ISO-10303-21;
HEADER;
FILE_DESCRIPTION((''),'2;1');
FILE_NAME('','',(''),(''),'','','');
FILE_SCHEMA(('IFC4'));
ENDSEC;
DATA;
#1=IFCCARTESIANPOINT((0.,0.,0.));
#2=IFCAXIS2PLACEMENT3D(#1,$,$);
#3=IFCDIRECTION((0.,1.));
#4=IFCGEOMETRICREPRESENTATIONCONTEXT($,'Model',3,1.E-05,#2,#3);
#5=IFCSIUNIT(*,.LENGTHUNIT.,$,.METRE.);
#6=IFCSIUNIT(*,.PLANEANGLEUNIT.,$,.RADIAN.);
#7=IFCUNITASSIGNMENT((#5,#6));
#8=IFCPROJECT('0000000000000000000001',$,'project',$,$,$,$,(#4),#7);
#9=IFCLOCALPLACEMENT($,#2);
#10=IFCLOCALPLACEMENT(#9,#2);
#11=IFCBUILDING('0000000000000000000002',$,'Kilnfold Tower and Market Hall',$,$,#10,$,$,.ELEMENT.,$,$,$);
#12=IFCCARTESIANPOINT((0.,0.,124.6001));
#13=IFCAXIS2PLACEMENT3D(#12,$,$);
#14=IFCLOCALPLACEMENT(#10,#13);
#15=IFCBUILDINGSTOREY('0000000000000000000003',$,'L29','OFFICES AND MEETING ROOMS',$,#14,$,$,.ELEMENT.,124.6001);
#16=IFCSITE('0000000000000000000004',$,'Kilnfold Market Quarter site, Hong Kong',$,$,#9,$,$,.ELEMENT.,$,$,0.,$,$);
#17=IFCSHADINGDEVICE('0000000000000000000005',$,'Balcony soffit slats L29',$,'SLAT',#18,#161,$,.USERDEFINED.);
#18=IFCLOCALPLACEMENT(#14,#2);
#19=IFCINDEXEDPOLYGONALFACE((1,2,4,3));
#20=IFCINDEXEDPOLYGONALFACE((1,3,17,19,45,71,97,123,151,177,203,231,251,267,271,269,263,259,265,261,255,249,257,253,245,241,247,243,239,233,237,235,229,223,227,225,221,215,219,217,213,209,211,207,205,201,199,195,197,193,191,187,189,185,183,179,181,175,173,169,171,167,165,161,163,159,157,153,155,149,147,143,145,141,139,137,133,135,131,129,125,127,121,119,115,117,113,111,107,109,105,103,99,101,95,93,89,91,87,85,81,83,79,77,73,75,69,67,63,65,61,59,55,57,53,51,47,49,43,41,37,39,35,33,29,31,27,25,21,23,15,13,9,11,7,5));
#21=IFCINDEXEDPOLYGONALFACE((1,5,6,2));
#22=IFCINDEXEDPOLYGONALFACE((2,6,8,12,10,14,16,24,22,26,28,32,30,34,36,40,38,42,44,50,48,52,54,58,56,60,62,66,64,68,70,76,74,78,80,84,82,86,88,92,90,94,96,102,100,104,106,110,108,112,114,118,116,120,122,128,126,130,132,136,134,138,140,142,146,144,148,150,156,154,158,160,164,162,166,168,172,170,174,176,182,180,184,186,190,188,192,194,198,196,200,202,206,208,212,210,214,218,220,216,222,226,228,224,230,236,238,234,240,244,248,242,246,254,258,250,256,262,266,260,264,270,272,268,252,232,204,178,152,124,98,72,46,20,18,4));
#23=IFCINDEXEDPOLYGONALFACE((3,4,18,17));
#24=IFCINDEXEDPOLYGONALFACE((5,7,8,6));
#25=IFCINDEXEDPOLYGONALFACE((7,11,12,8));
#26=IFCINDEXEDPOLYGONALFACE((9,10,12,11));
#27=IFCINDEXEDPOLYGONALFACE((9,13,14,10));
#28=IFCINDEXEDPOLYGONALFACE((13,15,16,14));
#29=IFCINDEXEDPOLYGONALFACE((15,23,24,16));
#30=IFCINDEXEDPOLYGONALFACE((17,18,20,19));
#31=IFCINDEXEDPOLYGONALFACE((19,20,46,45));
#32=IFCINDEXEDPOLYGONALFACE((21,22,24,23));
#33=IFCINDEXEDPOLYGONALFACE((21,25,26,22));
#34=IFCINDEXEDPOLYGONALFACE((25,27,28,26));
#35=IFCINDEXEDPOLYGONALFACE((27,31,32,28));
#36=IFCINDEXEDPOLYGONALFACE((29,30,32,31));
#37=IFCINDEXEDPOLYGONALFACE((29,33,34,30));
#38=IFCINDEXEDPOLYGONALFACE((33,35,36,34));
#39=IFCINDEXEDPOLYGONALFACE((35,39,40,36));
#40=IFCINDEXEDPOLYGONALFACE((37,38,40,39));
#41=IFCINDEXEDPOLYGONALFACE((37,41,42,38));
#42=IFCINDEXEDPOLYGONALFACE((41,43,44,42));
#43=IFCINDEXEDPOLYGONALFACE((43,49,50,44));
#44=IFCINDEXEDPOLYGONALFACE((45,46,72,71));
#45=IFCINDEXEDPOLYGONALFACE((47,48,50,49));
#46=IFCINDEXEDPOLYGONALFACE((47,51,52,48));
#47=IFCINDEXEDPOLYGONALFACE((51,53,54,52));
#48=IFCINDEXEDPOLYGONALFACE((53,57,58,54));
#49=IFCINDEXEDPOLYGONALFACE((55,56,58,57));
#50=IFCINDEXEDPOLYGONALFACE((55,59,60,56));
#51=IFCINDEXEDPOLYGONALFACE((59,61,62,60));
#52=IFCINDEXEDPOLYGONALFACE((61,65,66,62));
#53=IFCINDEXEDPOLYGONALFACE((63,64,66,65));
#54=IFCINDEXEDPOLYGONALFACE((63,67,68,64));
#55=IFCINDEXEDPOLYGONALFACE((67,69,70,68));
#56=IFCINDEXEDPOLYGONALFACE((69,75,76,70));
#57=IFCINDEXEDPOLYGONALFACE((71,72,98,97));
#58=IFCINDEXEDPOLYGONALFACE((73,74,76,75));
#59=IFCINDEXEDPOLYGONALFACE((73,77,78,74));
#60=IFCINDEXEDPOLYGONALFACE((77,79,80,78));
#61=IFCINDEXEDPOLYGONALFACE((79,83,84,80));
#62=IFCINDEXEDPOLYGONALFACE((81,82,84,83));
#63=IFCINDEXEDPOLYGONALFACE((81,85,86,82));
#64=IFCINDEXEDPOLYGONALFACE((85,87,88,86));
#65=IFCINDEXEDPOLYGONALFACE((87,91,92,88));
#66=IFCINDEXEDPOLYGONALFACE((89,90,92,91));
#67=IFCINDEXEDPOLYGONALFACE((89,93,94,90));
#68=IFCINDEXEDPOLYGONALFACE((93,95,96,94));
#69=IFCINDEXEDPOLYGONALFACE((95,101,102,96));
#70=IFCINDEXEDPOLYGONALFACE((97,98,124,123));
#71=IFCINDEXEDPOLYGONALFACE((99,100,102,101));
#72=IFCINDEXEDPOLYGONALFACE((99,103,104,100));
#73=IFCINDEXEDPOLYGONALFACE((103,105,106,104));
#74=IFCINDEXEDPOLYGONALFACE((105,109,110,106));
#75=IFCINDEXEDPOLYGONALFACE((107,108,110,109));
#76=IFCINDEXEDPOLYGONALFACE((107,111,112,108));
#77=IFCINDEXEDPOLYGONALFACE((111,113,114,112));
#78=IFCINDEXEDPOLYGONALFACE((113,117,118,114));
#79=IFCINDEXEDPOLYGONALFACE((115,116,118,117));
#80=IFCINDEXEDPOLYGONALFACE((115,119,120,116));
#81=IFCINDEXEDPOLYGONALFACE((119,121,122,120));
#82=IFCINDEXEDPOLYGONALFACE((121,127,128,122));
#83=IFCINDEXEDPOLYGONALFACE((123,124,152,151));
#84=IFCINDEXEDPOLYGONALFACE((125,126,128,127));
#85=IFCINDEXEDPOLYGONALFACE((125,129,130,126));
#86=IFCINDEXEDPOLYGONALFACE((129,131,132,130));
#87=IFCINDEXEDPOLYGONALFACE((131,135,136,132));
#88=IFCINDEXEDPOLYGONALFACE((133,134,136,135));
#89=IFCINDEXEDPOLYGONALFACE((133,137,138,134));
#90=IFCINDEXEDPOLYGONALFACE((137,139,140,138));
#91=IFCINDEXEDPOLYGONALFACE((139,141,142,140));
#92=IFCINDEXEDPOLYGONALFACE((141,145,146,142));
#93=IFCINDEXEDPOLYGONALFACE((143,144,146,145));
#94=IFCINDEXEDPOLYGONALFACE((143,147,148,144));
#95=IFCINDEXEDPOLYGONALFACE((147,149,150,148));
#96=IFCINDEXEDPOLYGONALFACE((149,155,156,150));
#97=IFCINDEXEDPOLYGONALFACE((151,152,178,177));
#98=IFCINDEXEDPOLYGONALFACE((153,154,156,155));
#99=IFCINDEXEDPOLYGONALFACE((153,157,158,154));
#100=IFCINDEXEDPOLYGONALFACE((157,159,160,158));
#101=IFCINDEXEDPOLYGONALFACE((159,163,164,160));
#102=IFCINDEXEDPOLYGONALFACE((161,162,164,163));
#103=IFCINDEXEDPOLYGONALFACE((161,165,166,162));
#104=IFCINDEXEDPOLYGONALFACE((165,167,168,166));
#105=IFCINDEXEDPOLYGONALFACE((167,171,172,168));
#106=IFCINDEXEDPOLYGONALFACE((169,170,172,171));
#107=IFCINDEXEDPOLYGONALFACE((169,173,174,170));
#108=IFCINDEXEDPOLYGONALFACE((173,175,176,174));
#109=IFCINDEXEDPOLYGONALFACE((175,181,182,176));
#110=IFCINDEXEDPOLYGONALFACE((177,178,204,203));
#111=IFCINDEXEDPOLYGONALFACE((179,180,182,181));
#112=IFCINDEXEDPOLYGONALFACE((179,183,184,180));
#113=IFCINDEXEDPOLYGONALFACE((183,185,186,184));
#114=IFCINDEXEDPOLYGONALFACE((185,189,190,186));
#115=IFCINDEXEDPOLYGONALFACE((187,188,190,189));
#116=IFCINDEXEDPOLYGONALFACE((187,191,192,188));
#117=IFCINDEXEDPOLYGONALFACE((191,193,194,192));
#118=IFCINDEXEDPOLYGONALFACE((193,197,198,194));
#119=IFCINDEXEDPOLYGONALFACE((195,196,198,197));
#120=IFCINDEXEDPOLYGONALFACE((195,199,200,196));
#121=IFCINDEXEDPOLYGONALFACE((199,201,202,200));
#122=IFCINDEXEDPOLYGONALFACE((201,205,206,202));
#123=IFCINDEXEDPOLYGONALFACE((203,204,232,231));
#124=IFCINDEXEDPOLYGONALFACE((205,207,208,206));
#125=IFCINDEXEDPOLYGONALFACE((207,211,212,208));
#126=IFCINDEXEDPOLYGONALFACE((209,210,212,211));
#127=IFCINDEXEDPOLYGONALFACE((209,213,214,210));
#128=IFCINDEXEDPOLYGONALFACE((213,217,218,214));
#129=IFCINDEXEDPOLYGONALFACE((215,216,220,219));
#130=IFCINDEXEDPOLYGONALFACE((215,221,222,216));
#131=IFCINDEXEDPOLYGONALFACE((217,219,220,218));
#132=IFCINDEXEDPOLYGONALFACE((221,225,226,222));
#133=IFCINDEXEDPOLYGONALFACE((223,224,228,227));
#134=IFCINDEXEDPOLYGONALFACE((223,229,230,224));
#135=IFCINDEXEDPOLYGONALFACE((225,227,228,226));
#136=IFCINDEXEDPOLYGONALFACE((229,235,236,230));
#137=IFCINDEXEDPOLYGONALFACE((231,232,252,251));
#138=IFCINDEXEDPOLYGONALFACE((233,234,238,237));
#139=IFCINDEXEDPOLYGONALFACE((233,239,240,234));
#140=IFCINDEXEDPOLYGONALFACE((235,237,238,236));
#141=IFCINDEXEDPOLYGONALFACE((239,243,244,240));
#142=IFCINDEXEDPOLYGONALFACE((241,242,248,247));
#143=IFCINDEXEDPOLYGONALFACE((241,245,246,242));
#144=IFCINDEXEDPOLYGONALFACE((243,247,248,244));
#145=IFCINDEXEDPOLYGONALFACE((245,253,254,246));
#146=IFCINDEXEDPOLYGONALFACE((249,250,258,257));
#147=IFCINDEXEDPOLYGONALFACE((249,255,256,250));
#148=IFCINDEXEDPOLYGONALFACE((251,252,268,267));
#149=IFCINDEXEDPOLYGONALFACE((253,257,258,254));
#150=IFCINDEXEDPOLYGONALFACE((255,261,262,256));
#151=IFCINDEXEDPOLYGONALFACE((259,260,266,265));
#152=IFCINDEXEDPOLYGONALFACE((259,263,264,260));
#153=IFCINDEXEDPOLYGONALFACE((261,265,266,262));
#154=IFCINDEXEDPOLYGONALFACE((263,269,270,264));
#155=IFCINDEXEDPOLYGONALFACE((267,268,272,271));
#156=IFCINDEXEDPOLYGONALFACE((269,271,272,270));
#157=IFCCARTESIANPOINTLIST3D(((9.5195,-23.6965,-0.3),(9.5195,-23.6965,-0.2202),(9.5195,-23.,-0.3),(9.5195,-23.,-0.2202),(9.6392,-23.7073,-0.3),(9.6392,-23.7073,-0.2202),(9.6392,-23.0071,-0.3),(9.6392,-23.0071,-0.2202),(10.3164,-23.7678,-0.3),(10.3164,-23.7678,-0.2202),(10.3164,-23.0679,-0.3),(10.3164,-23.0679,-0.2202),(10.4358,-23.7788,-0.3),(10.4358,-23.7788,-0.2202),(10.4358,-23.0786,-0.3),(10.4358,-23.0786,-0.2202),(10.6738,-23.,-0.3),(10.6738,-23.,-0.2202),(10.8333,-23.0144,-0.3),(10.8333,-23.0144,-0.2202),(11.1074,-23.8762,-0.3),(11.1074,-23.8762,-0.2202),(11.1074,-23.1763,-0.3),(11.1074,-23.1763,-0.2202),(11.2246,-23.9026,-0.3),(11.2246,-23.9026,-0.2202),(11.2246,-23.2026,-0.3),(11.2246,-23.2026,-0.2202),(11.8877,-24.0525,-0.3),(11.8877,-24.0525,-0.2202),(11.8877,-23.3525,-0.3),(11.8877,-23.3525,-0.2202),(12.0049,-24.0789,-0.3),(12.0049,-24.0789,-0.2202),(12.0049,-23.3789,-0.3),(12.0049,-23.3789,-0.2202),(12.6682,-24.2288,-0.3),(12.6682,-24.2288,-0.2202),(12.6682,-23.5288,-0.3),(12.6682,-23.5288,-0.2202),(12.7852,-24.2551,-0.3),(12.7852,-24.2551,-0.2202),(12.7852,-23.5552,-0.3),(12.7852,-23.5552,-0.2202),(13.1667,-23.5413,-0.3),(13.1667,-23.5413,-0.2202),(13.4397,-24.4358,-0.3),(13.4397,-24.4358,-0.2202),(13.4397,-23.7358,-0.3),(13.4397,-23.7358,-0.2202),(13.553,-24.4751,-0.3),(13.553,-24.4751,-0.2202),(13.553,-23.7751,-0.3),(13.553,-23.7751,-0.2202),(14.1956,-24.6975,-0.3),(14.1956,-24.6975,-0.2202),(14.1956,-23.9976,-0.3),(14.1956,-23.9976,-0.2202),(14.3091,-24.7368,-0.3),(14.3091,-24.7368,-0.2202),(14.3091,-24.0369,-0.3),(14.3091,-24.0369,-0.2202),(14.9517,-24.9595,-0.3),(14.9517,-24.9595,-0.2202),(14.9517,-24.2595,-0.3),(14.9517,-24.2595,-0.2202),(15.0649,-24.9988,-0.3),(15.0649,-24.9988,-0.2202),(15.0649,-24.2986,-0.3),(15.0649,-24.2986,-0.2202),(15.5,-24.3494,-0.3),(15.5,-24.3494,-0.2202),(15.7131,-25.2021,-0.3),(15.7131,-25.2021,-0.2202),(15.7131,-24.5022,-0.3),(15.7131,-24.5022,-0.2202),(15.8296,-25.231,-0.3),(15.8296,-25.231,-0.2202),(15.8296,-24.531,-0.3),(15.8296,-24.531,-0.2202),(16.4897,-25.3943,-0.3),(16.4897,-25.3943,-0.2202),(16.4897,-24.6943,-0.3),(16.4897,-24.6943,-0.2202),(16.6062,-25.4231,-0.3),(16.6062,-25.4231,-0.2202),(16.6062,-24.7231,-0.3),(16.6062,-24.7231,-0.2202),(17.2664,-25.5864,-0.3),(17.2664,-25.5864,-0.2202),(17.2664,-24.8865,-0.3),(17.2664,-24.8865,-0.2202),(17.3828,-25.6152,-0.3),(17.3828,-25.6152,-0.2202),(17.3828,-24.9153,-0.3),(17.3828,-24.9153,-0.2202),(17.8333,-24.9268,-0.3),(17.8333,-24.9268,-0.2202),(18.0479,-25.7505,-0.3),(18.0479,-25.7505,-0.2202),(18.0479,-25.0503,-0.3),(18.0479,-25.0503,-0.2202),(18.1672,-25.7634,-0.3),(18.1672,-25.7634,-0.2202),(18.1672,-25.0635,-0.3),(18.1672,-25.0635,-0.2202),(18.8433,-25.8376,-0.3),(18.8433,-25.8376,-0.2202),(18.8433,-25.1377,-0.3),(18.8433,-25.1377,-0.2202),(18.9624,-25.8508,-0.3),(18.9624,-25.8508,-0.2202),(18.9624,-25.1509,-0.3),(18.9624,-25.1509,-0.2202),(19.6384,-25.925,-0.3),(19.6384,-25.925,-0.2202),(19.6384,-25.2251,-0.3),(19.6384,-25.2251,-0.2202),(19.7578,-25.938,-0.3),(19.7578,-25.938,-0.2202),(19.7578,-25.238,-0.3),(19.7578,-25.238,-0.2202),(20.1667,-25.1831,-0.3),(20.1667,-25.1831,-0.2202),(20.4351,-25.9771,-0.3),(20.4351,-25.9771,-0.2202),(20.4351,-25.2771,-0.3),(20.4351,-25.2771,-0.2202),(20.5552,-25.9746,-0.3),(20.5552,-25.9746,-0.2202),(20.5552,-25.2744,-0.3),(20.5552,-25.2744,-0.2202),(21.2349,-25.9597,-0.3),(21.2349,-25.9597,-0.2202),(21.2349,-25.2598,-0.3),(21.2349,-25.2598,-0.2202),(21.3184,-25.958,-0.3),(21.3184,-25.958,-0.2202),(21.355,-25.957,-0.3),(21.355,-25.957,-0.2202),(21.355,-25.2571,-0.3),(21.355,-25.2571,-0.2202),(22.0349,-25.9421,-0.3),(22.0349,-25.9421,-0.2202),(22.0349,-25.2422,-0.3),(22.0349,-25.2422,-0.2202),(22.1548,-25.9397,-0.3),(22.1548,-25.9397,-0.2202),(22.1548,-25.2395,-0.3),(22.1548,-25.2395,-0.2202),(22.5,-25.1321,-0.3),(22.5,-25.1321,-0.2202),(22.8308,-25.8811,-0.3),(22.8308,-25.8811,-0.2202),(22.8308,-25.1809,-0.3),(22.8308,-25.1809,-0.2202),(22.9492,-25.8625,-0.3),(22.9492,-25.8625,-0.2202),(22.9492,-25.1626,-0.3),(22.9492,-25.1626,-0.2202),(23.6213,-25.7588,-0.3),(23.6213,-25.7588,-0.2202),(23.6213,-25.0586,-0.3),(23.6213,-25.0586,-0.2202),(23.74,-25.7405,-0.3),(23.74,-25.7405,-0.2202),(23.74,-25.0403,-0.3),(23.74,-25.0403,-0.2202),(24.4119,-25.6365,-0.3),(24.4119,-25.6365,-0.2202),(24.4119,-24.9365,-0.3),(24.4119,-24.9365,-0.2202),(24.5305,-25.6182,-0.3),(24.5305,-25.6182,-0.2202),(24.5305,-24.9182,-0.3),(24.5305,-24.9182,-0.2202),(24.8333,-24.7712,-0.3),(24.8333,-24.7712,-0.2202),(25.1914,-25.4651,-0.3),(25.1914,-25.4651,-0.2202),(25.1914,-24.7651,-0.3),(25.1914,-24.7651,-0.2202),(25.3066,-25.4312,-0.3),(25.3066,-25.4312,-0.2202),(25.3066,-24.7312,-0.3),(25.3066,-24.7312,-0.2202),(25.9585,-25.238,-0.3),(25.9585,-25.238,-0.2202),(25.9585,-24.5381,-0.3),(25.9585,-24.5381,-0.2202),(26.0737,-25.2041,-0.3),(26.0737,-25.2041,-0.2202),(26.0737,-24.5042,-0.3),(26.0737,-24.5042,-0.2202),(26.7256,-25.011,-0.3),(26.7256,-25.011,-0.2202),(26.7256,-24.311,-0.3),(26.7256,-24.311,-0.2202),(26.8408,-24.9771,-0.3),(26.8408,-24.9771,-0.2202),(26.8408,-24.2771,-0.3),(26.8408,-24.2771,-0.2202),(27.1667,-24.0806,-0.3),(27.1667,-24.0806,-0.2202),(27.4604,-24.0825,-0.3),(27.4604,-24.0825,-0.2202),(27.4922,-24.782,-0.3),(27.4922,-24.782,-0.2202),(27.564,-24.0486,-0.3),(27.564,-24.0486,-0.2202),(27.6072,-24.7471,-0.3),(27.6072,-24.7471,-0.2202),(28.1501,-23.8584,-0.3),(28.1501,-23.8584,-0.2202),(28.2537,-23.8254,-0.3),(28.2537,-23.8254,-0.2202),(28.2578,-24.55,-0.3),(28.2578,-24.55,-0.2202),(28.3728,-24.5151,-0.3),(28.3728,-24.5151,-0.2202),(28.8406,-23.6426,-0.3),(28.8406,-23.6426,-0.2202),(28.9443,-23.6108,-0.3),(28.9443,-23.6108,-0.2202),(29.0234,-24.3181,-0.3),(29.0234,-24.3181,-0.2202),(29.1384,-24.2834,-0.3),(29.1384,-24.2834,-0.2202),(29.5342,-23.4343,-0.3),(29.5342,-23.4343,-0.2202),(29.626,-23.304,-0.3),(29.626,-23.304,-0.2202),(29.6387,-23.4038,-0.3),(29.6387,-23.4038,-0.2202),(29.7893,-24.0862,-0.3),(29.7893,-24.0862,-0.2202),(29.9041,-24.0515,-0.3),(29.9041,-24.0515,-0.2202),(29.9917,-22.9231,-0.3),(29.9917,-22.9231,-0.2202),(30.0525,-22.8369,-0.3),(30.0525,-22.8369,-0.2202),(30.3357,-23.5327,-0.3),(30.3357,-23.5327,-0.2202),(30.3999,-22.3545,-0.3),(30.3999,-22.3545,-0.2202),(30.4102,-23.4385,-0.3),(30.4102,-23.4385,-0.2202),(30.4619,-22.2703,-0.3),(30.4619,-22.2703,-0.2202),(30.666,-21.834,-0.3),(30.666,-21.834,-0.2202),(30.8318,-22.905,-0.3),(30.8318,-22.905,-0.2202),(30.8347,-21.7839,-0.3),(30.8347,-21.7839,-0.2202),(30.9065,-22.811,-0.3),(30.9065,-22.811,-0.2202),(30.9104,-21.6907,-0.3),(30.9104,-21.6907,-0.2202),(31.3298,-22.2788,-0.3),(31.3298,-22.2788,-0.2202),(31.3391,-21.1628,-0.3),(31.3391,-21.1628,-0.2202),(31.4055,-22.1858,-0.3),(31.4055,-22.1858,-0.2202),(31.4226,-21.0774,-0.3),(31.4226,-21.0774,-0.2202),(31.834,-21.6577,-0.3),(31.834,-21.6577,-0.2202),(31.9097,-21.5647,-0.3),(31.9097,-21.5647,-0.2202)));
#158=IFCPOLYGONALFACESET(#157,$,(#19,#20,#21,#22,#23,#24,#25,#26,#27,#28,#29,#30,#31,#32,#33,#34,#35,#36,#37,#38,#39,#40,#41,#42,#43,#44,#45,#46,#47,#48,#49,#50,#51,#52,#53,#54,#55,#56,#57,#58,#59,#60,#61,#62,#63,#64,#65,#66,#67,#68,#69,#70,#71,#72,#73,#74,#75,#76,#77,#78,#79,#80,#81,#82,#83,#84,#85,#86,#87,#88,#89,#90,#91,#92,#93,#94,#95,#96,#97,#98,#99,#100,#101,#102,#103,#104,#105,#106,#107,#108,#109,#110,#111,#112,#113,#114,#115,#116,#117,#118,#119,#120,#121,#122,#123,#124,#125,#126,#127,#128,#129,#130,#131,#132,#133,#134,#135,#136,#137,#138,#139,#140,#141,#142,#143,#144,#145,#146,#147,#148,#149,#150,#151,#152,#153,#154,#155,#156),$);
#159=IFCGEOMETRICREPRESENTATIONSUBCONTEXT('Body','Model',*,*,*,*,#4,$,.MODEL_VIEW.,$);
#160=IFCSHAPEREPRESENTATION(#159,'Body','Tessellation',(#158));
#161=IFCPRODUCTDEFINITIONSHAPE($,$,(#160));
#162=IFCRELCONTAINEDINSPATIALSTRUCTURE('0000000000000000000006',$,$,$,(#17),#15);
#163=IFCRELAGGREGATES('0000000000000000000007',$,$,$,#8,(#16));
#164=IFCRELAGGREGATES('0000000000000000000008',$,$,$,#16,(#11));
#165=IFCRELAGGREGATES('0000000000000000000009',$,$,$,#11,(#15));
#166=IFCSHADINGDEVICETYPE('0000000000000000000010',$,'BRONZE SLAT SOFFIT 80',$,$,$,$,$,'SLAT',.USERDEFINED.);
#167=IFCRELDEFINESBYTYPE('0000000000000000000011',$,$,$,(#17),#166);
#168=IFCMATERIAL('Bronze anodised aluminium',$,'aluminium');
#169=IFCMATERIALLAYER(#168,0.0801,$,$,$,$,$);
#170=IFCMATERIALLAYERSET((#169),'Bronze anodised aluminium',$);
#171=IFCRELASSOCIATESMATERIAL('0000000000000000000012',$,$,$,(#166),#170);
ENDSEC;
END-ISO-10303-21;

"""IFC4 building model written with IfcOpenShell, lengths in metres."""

from ifc_helpers import new_model, si_unit, direction, frame, origin, place, context, subcontext, project, spatial, polyline, outline, extrude, source, transform, mapped, material, layer, layer_set, type_object, element, save


model = new_model("IFC4")

# Units and contexts
model_context = context("Model", 3, precision=1e-05, world=origin(), true_north=direction((0.0, 1.0)))
body_context = subcontext(model_context, "Body", "Model", "MODEL_VIEW")
ifc_project = project(units=[si_unit("LENGTHUNIT", "METRE"), si_unit("PLANEANGLEUNIT", "RADIAN")], contexts=[model_context])

# Site, building, storey
site_placement = place(None, origin())
site = spatial("IfcSite", under=ifc_project, at=site_placement, Name="Kilnfold Market Quarter site, Hong Kong", CompositionType="ELEMENT", RefElevation=0.0)
building_placement = place(site_placement, origin())
building = spatial("IfcBuilding", under=site, at=building_placement, Name="Kilnfold Tower and Market Hall", CompositionType="ELEMENT")
storey_placement = place(building_placement, frame((0.0, 0.0, 124.6001)))
storey = spatial("IfcBuildingStorey", under=building, at=storey_placement, Name="L29", Description="OFFICES AND MEETING ROOMS", CompositionType="ELEMENT", Elevation=124.6001)

# Shading device
ifc_material_1 = material(Name="Bronze anodised aluminium", Category="aluminium")
ifc_layer_1 = layer(ifc_material_1, 0.0801)
ifc_layer_set_1 = layer_set([ifc_layer_1], Name="Bronze anodised aluminium")
shading_device_type_1 = type_object("IfcShadingDeviceType", Name="BRONZE SLAT SOFFIT 80", ElementType="SLAT", PredefinedType="USERDEFINED", material=ifc_layer_set_1)
shared_shape_1 = source(origin(), body_context, "Body", "SweptSolid", [
    extrude(outline(polyline([(10.8333, -23.0144), (13.1667, -23.5413), (15.5, -24.3494), (17.8333, -24.9268), (20.1667, -25.1831), (22.5, -25.1321), (24.8333, -24.7712), (27.1667, -24.0806), (29.626, -23.304), (30.666, -21.834), (31.4226, -21.0774), (31.9097, -21.5647), (31.834, -21.6577), (31.3391, -21.1628), (30.9104, -21.6907), (31.4055, -22.1858), (31.3298, -22.2788), (30.8347, -21.7839), (30.4619, -22.2703), (30.9065, -22.811), (30.8318, -22.905), (30.3999, -22.3545), (30.0525, -22.8369), (30.4102, -23.4385), (30.3357, -23.5327), (29.9917, -22.9231), (29.6387, -23.4038), (29.9041, -24.0515), (29.7893, -24.0862), (29.5342, -23.4343), (28.9443, -23.6108), (29.1384, -24.2834), (29.0234, -24.3181), (28.8406, -23.6426), (28.2537, -23.8254), (28.3728, -24.5151), (28.2578, -24.55), (28.1501, -23.8584), (27.564, -24.0486), (27.6072, -24.7471), (27.4922, -24.782), (27.4604, -24.0825), (26.8408, -24.2771), (26.8408, -24.9771), (26.7256, -25.011), (26.7256, -24.311), (26.0737, -24.5042), (26.0737, -25.2041), (25.9585, -25.238), (25.9585, -24.5381), (25.3066, -24.7312), (25.3066, -25.4312), (25.1914, -25.4651), (25.1914, -24.7651), (24.5305, -24.9182), (24.5305, -25.6182), (24.4119, -25.6365), (24.4119, -24.9365), (23.74, -25.0403), (23.74, -25.7405), (23.6213, -25.7588), (23.6213, -25.0586), (22.9492, -25.1626), (22.9492, -25.8625), (22.8308, -25.8811), (22.8308, -25.1809), (22.1548, -25.2395), (22.1548, -25.9397), (22.0349, -25.9421), (22.0349, -25.2422), (21.355, -25.2571), (21.355, -25.957), (21.3184, -25.958), (21.2349, -25.9597), (21.2349, -25.2598), (20.5552, -25.2744), (20.5552, -25.9746), (20.4351, -25.9771), (20.4351, -25.2771), (19.7578, -25.238), (19.7578, -25.938), (19.6384, -25.925), (19.6384, -25.2251), (18.9624, -25.1509), (18.9624, -25.8508), (18.8433, -25.8376), (18.8433, -25.1377), (18.1672, -25.0635), (18.1672, -25.7634), (18.0479, -25.7505), (18.0479, -25.0503), (17.3828, -24.9153), (17.3828, -25.6152), (17.2664, -25.5864), (17.2664, -24.8865), (16.6062, -24.7231), (16.6062, -25.4231), (16.4897, -25.3943), (16.4897, -24.6943), (15.8296, -24.531), (15.8296, -25.231), (15.7131, -25.2021), (15.7131, -24.5022), (15.0649, -24.2986), (15.0649, -24.9988), (14.9517, -24.9595), (14.9517, -24.2595), (14.3091, -24.0369), (14.3091, -24.7368), (14.1956, -24.6975), (14.1956, -23.9976), (13.553, -23.7751), (13.553, -24.4751), (13.4397, -24.4358), (13.4397, -23.7358), (12.7852, -23.5552), (12.7852, -24.2551), (12.6682, -24.2288), (12.6682, -23.5288), (12.0049, -23.3789), (12.0049, -24.0789), (11.8877, -24.0525), (11.8877, -23.3525), (11.2246, -23.2026), (11.2246, -23.9026), (11.1074, -23.8762), (11.1074, -23.1763), (10.4358, -23.0786), (10.4358, -23.7788), (10.3164, -23.7678), (10.3164, -23.0679), (9.6392, -23.0071), (9.6392, -23.7073), (9.5195, -23.6965), (9.5195, -23.0), (10.6738, -23.0), (10.8333, -23.0144)])), origin(), (0.0, 0.0, 1.0), 0.0798),
])
shading_device_1_placement = place(storey_placement, frame((0.0, 0.0, -0.3)))
element("IfcShadingDevice", 1, at=shading_device_1_placement, inside=storey, type_object=shading_device_type_1, Name="Balcony soffit slats L29", ObjectType="SLAT", PredefinedType="USERDEFINED", context=body_context, shape_type="MappedRepresentation", body=[
    mapped(shared_shape_1, transform((0.0, 0.0, 0.0))),
])

save(model, "model.ifc")
